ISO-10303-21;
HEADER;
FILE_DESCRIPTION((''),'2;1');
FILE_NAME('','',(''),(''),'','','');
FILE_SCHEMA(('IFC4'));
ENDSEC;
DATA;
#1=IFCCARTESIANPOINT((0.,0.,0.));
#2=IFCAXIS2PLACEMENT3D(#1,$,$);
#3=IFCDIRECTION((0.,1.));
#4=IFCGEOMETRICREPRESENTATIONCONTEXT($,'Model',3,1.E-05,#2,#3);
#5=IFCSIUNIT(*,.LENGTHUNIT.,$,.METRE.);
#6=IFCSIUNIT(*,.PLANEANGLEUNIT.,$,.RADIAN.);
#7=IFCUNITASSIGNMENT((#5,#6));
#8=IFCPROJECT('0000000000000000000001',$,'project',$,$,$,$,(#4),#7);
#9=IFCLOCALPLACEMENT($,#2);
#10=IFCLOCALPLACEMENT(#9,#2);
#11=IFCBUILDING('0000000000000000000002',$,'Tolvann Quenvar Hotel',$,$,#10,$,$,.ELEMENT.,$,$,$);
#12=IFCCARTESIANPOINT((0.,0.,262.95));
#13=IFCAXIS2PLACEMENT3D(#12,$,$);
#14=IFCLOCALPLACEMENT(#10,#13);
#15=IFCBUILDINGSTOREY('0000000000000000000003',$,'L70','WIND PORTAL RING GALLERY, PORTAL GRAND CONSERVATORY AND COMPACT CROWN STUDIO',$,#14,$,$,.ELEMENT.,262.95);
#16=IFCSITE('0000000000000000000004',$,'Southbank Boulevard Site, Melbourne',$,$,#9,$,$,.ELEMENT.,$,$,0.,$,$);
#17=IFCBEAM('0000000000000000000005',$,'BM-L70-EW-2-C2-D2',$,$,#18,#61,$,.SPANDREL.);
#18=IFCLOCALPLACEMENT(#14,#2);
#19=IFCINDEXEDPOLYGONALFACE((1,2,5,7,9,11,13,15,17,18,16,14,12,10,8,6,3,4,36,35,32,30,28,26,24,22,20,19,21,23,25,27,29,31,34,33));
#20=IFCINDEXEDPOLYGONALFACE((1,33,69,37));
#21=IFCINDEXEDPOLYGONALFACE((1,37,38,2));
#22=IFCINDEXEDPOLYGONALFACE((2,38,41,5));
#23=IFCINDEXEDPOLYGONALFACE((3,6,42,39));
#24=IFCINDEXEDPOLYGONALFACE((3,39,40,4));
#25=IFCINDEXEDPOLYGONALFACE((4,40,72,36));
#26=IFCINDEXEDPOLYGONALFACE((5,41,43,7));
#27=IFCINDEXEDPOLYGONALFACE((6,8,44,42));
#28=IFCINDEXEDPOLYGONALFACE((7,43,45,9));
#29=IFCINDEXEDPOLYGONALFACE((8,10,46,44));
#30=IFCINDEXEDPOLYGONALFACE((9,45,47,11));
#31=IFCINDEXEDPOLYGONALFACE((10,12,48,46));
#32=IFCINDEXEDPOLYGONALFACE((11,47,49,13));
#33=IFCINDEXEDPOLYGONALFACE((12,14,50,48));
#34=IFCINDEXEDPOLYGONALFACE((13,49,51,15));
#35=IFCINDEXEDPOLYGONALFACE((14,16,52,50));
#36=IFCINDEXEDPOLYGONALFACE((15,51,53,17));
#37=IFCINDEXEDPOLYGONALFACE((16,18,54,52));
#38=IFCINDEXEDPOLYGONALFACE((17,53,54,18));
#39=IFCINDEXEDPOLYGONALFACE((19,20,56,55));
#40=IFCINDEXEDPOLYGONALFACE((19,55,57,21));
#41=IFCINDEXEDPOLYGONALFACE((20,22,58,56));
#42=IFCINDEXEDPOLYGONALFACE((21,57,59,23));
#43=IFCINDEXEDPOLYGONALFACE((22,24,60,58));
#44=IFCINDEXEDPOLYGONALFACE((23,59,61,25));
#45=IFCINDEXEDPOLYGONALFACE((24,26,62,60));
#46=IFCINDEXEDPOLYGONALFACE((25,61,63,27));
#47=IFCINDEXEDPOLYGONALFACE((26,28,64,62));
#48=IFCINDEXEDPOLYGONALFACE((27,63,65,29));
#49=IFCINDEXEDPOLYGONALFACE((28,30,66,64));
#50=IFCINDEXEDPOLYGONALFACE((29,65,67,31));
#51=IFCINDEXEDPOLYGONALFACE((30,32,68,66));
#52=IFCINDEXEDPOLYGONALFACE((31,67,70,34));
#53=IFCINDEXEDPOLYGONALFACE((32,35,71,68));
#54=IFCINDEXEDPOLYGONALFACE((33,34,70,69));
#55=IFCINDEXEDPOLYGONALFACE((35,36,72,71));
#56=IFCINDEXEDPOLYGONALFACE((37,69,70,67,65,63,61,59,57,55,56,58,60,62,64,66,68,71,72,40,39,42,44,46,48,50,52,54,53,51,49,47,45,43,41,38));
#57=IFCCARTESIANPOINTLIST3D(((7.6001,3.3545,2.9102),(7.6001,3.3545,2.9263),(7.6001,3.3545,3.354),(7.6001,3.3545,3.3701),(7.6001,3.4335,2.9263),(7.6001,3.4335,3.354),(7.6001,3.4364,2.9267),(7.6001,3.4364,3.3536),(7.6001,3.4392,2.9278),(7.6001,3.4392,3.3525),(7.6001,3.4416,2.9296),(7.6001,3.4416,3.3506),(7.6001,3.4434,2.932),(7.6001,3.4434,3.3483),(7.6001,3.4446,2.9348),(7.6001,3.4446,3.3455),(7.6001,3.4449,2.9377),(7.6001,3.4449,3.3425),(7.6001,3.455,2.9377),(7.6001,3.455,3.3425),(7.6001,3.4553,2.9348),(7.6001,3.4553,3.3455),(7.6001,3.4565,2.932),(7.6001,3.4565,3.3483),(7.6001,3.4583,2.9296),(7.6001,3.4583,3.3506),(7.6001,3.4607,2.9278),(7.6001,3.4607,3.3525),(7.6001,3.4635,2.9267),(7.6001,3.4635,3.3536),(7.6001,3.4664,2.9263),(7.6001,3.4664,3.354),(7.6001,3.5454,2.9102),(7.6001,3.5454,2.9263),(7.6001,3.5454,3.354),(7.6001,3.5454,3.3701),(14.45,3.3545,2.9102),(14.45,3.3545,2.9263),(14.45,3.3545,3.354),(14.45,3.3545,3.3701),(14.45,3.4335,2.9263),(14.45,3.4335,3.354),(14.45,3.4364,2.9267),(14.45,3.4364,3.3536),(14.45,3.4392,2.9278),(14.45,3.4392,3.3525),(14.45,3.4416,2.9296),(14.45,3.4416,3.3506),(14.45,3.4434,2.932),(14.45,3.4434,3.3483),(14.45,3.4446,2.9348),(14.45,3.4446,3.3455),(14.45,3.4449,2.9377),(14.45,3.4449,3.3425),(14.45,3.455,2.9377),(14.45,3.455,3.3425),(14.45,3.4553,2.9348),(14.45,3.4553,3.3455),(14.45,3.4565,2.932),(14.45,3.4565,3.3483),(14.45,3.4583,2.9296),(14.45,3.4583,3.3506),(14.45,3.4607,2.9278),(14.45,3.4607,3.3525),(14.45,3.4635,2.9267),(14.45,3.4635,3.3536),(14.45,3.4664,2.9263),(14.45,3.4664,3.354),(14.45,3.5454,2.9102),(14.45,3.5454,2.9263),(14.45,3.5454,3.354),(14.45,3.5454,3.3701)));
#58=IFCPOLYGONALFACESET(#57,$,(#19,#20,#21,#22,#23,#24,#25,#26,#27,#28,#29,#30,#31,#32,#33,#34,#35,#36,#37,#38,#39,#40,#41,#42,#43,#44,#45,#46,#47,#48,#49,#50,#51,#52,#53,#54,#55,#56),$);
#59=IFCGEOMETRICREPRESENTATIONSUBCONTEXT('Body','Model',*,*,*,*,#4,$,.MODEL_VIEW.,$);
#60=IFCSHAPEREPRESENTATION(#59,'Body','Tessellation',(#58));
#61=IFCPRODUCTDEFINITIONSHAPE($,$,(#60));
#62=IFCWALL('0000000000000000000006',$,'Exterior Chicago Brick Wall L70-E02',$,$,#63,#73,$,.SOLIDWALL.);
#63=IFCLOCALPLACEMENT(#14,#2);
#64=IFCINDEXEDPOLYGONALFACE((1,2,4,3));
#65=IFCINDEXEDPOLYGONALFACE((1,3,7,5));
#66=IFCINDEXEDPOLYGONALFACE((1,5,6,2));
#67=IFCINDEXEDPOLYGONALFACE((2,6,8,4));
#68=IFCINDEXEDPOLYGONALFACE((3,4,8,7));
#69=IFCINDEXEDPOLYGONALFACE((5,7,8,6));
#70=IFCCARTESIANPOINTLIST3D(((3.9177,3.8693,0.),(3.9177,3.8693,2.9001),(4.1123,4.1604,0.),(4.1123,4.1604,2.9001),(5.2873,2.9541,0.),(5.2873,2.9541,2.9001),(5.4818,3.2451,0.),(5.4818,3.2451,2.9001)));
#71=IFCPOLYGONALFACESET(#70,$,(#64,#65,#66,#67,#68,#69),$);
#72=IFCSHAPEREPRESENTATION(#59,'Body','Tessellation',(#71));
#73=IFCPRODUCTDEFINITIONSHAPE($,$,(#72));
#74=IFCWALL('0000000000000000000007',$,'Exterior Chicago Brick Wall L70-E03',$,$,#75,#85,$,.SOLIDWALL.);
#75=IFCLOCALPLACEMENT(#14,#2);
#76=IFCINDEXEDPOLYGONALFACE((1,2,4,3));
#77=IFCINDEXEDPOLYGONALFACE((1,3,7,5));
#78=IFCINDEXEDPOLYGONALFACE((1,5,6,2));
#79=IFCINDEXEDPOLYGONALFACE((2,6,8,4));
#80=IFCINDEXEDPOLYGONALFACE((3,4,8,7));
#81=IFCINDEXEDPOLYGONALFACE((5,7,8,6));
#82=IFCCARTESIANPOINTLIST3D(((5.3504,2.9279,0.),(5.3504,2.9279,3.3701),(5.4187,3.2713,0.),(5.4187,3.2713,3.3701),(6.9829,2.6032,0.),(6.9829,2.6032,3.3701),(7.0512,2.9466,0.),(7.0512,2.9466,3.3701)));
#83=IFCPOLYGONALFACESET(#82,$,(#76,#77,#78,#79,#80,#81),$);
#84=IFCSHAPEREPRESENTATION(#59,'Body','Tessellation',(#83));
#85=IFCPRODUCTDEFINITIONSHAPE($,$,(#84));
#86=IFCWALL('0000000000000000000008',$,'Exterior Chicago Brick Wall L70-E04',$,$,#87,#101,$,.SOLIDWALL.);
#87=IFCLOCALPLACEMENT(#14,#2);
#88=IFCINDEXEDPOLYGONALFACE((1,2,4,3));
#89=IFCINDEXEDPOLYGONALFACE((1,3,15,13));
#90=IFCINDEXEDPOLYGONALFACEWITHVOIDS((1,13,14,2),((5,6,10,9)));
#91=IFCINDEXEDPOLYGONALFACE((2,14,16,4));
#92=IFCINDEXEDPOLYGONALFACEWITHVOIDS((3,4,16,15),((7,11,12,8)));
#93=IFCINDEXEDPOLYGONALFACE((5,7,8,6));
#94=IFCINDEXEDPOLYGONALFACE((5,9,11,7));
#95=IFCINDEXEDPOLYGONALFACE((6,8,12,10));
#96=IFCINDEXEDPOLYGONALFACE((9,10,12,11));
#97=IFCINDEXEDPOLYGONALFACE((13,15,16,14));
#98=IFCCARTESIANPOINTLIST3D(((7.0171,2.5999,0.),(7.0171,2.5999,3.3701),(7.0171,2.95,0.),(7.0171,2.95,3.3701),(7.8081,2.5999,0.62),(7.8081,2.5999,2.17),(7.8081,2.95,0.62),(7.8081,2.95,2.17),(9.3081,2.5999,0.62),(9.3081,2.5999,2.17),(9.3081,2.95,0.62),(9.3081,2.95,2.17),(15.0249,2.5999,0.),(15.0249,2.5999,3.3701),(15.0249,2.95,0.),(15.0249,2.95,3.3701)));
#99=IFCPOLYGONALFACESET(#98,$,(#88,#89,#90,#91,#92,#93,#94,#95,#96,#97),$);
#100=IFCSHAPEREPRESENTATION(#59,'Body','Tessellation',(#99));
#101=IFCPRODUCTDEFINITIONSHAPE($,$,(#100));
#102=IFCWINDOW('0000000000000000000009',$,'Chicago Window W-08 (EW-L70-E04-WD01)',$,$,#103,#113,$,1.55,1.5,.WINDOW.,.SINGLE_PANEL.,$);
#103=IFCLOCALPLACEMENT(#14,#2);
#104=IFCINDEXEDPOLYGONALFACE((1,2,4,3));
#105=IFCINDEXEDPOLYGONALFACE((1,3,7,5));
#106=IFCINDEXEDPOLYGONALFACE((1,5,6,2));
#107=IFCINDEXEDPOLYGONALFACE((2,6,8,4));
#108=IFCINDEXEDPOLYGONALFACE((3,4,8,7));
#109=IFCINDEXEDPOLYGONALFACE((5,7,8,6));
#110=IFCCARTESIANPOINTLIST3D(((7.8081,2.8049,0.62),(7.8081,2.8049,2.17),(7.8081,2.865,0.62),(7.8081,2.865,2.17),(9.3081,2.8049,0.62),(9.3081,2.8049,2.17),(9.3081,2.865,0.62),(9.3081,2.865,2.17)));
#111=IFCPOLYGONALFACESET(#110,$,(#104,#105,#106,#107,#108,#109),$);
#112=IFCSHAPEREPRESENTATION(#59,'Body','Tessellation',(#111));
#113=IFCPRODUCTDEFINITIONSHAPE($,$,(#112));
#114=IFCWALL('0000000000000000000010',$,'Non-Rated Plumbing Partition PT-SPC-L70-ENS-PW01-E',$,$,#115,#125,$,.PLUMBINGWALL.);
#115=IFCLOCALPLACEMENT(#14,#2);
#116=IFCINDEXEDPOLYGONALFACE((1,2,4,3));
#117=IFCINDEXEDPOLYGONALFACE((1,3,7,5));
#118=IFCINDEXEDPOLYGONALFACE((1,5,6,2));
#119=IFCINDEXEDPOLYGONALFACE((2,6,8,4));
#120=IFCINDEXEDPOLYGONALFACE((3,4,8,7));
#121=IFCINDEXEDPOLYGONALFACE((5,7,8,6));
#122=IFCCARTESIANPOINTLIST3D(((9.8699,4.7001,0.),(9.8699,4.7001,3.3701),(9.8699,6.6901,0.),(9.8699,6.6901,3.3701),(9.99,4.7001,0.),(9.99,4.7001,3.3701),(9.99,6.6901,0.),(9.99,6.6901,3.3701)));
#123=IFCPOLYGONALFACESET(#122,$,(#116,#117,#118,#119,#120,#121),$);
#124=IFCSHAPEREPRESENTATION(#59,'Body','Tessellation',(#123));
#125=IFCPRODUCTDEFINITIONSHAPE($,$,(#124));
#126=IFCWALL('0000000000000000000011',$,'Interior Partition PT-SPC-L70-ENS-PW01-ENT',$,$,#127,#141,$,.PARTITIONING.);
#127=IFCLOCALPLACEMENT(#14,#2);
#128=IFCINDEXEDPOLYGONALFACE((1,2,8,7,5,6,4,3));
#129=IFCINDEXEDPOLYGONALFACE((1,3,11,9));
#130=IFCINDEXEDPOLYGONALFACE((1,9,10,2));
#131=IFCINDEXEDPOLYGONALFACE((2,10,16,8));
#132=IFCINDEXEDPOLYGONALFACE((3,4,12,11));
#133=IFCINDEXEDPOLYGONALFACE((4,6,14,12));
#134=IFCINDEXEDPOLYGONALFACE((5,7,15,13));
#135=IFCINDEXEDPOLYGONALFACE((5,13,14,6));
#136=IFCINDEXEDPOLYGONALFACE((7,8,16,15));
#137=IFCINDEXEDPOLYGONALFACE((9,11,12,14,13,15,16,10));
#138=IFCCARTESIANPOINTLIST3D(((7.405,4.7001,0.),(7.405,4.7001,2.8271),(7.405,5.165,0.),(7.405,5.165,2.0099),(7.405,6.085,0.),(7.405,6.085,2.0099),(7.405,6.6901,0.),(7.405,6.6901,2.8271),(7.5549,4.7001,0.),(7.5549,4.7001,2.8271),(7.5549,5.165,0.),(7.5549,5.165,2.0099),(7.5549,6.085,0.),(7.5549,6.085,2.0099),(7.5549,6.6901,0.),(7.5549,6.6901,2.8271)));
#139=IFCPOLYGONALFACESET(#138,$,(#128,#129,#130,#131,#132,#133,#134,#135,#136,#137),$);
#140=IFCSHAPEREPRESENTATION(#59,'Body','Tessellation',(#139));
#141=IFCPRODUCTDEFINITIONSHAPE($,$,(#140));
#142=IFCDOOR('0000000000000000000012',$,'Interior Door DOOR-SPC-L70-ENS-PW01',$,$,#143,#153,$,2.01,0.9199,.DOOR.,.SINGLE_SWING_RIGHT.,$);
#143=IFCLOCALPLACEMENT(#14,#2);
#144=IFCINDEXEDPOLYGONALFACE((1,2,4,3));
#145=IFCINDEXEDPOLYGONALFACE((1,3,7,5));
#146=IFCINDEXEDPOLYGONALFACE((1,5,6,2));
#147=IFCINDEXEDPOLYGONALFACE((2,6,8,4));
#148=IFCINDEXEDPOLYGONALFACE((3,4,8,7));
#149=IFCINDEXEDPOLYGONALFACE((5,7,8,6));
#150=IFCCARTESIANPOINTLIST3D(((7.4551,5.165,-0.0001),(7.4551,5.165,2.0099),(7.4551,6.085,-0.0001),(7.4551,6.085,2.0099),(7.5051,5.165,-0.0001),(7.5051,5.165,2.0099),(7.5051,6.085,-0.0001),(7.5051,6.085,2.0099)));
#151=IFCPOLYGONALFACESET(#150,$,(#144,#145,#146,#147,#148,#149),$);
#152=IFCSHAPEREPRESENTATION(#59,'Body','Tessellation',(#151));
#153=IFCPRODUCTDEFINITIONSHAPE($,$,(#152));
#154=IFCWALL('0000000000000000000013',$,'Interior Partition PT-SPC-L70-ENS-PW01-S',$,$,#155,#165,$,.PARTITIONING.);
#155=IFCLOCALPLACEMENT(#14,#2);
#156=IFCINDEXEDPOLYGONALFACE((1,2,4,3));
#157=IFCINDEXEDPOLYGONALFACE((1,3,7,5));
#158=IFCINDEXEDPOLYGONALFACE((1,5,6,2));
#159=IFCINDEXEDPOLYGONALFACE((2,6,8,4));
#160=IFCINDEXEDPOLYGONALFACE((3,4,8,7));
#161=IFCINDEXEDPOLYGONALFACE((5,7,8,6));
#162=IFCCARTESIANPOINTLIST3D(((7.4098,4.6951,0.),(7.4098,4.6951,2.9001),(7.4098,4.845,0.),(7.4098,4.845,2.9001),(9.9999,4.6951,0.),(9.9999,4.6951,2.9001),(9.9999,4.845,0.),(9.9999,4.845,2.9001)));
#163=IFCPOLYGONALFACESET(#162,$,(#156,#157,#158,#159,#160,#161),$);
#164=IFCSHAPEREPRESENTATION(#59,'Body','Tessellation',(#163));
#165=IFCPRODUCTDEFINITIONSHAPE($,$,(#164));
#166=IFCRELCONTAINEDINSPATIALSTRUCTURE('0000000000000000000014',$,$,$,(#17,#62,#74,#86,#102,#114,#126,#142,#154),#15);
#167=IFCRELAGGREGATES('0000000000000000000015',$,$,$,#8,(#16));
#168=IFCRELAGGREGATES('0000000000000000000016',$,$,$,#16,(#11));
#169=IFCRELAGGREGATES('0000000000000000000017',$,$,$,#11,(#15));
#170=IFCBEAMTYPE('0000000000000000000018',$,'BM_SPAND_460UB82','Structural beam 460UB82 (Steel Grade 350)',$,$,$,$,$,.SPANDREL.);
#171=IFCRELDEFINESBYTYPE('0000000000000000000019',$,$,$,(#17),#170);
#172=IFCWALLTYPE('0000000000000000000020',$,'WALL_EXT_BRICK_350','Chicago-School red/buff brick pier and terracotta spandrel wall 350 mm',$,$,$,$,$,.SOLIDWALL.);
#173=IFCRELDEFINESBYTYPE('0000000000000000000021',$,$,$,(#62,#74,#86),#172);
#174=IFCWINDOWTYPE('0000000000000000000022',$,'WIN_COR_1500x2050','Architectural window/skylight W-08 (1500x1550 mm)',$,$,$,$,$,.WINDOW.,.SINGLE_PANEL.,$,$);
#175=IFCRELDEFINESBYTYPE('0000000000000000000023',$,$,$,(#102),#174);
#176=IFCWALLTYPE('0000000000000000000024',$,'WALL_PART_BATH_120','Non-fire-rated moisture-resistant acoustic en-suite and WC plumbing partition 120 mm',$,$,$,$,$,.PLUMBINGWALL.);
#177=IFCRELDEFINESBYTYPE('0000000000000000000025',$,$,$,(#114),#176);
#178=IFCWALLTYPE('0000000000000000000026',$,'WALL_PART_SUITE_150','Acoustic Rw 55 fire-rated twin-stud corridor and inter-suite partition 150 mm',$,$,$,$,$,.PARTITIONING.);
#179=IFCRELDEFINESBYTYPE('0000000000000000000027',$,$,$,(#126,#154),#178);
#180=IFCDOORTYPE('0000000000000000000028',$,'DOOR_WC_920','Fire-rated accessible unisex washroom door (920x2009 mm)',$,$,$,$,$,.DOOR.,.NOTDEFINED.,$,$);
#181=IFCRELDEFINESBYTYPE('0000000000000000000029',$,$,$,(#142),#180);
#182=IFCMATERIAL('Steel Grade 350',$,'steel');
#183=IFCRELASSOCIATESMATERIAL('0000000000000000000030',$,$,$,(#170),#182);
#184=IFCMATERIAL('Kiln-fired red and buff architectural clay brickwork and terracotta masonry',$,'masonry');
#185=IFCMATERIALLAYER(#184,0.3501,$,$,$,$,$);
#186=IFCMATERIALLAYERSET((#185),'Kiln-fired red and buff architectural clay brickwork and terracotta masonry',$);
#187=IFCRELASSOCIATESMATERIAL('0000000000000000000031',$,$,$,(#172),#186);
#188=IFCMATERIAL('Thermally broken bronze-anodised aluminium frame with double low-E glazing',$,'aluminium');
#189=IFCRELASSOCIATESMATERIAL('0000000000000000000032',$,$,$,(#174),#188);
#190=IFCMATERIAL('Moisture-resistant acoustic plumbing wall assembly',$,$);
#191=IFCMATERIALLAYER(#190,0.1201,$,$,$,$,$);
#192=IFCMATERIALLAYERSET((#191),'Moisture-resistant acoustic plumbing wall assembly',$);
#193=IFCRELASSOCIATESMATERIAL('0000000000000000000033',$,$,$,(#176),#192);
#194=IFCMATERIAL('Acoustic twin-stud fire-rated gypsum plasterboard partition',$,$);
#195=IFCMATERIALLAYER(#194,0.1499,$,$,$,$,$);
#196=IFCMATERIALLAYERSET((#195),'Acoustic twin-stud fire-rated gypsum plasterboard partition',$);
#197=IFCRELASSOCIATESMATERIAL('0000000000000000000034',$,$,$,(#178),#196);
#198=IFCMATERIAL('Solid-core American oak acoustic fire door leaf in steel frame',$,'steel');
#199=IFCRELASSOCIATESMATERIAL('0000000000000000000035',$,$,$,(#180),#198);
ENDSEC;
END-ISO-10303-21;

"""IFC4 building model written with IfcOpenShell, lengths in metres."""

from ifc_helpers import new_model, si_unit, direction, frame, frame_2d, origin, origin_2d, place, context, subcontext, project, spatial, rectangle, i_section, extrude, source, transform, mapped, material, layer, layer_set, material_profile, profile_set, type_object, type_shapes, element, fill, save


model = new_model("IFC4")

# Units and contexts
model_context = context("Model", 3, precision=1e-05, world=origin(), true_north=direction((0.0, 1.0)))
body_context = subcontext(model_context, "Body", "Model", "MODEL_VIEW")
ifc_project = project(units=[si_unit("LENGTHUNIT", "METRE"), si_unit("PLANEANGLEUNIT", "RADIAN")], contexts=[model_context])

# Site, building, storey
site_placement = place(None, origin())
site = spatial("IfcSite", under=ifc_project, at=site_placement, Name="Southbank Boulevard Site, Melbourne", CompositionType="ELEMENT", RefElevation=0.0)
building_placement = place(site_placement, origin())
building = spatial("IfcBuilding", under=site, at=building_placement, Name="Tolvann Quenvar Hotel", CompositionType="ELEMENT")
storey_placement = place(building_placement, frame((0.0, 0.0, 262.95)))
storey = spatial("IfcBuildingStorey", under=building, at=storey_placement, Name="L70", Description="WIND PORTAL RING GALLERY, PORTAL GRAND CONSERVATORY AND COMPACT CROWN STUDIO", CompositionType="ELEMENT", Elevation=262.95)

# Shared definitions
ifc_material_1 = material(Name="Steel Grade 350", Category="steel")

# Beam
ifc_material_profile_1 = material_profile(ifc_material_1, i_section(OverallWidth=0.1909, OverallDepth=0.46, WebThickness=0.01, FlangeThickness=0.0161, FilletRadius=0.0115, at=origin_2d()), Name="460UB82")
ifc_profile_set_1 = profile_set([ifc_material_profile_1], Name="Steel Grade 350")
beam_type_1 = type_object("IfcBeamType", Name="BM_SPAND_460UB82", Description="Structural beam 460UB82 (Steel Grade 350)", PredefinedType="SPANDREL", material=ifc_profile_set_1)
shared_shape_1 = source(origin(), body_context, "Body", "SweptSolid", [
    extrude(i_section(OverallWidth=0.1909, OverallDepth=0.46, WebThickness=0.01, FlangeThickness=0.0161, FilletRadius=0.0115, at=origin_2d()), origin(), (0.0, 0.0, 1.0), 6.8499),
])
beam_1_placement = place(storey_placement, frame((7.6001, 3.45, 3.1401), z_axis=(1.0, 0.0, 0.0), x_axis=(0.0, 1.0, 0.0)))
element("IfcBeam", 1, at=beam_1_placement, inside=storey, type_object=beam_type_1, Name="BM-L70-EW-2-C2-D2", PredefinedType="SPANDREL", context=body_context, shape_type="MappedRepresentation", body=[
    mapped(shared_shape_1, transform((0.0, 0.0, 0.0), x_axis=(1.0, 0.0, 0.0), y_axis=(0.0, 1.0, 0.0), z_axis=(0.0, 0.0, 1.0), scale=1.0)),
])

# Walls
ifc_material_2 = material(Name="Kiln-fired red and buff architectural clay brickwork and terracotta masonry", Category="masonry")
ifc_layer_1 = layer(ifc_material_2, 0.3501)
ifc_layer_set_1 = layer_set([ifc_layer_1], Name="Kiln-fired red and buff architectural clay brickwork and terracotta masonry")
wall_type_1 = type_object("IfcWallType", Name="WALL_EXT_BRICK_350", Description="Chicago-School red/buff brick pier and terracotta spandrel wall 350 mm", PredefinedType="SOLIDWALL", material=ifc_layer_set_1)
wall_1_placement = place(storey_placement, frame((4.0149, 4.0149, 0.0), z_axis=(0.0, 0.0, 1.0), x_axis=(0.831434, -0.555623, 0.0)))
element("IfcWall", 2, at=wall_1_placement, inside=storey, type_object=wall_type_1, Name="Exterior Chicago Brick Wall L70-E02", PredefinedType="SOLIDWALL", context=body_context, shape_type="SweptSolid", body=[
    extrude(rectangle(XDim=1.6472, YDim=0.3501, at=frame_2d((0.8237, 0.0))), origin(), (0.0, 0.0, 1.0), 2.9001),
])
wall_2_placement = place(storey_placement, frame((5.3845, 3.0996, 0.0), z_axis=(0.0, 0.0, 1.0), x_axis=(0.980789, -0.195072, 0.0)))
element("IfcWall", 3, at=wall_2_placement, inside=storey, type_object=wall_type_1, Name="Exterior Chicago Brick Wall L70-E03", PredefinedType="SOLIDWALL", context=body_context, shape_type="SweptSolid", body=[
    extrude(rectangle(XDim=1.6646, YDim=0.3501, at=frame_2d((0.8323, 0.0))), origin(), (0.0, 0.0, 1.0), 3.3701),
])

# Wall, opening, window
wall_3_placement = place(storey_placement, frame((7.0171, 2.7749, 0.0), z_axis=(0.0, 0.0, 1.0), x_axis=(1.0, 0.0, 0.0)))
wall_3 = element("IfcWall", 4, at=wall_3_placement, inside=storey, type_object=wall_type_1, Name="Exterior Chicago Brick Wall L70-E04", PredefinedType="SOLIDWALL", context=body_context, shape_type="SweptSolid", body=[
    extrude(rectangle(XDim=8.0078, YDim=0.3501, at=frame_2d((4.0039, 0.0))), origin(), (0.0, 0.0, 1.0), 3.3701),
])
opening_1_placement = place(wall_3_placement, frame((0.791, 0.0, 0.6201)))
opening_1 = element("IfcOpeningElement", 5, at=opening_1_placement, cuts=wall_3, PredefinedType="OPENING", context=body_context, shape_type="SweptSolid", body=[
    extrude(rectangle(XDim=1.5, YDim=1.55, at=frame_2d((0.75, 0.7749))), frame((0.0, 0.1851, 0.0), z_axis=(0.0, -1.0, 0.0), x_axis=(1.0, 0.0, 0.0)), (0.0, 0.0, 1.0), 0.3701),
])
ifc_material_3 = material(Name="Thermally broken bronze-anodised aluminium frame with double low-E glazing", Category="aluminium")
window_type = type_object("IfcWindowType", Name="WIN_COR_1500x2050", Description="Architectural window/skylight W-08 (1500x1550 mm)", PartitioningType="SINGLE_PANEL", PredefinedType="WINDOW", material=ifc_material_3)
shared_shape_2 = source(origin(), body_context, "Body", "SweptSolid", [
    extrude(rectangle(XDim=1.5, YDim=1.55, at=frame_2d((0.75, 0.7749))), frame((0.0, 0.0901, 0.0), z_axis=(0.0, -1.0, 0.0), x_axis=(1.0, 0.0, 0.0)), (0.0, 0.0, 1.0), 0.0601),
])
type_shapes(window_type, [shared_shape_2])
window_placement = place(opening_1_placement, origin())
window = element("IfcWindow", 6, at=window_placement, inside=storey, type_object=window_type, Name="Chicago Window W-08 (EW-L70-E04-WD01)", OverallHeight=1.55, OverallWidth=1.5, PartitioningType="SINGLE_PANEL", PredefinedType="WINDOW", context=body_context, shape_type="MappedRepresentation", body=[
    mapped(shared_shape_2, transform((0.0, 0.0, 0.0), x_axis=(1.0, 0.0, 0.0), y_axis=(0.0, 1.0, 0.0), z_axis=(0.0, 0.0, 1.0), scale=1.0)),
])
fill(opening_1, window)

# Wall
ifc_material_4 = material(Name="Moisture-resistant acoustic plumbing wall assembly")
ifc_layer_2 = layer(ifc_material_4, 0.1201)
ifc_layer_set_2 = layer_set([ifc_layer_2], Name="Moisture-resistant acoustic plumbing wall assembly")
wall_type_2 = type_object("IfcWallType", Name="WALL_PART_BATH_120", Description="Non-fire-rated moisture-resistant acoustic en-suite and WC plumbing partition 120 mm", PredefinedType="PLUMBINGWALL", material=ifc_layer_set_2)
wall_4_placement = place(storey_placement, frame((9.9299, 4.7, 0.0), z_axis=(0.0, 0.0, 1.0), x_axis=(0.0, 1.0, 0.0)))
element("IfcWall", 7, at=wall_4_placement, inside=storey, type_object=wall_type_2, Name="Non-Rated Plumbing Partition PT-SPC-L70-ENS-PW01-E", PredefinedType="PLUMBINGWALL", context=body_context, shape_type="SweptSolid", body=[
    extrude(rectangle(XDim=1.99, YDim=0.1201, at=frame_2d((0.9951, 0.0))), origin(), (0.0, 0.0, 1.0), 3.3701),
])

# Wall, opening, door
ifc_material_5 = material(Name="Acoustic twin-stud fire-rated gypsum plasterboard partition")
ifc_layer_3 = layer(ifc_material_5, 0.1499)
ifc_layer_set_3 = layer_set([ifc_layer_3], Name="Acoustic twin-stud fire-rated gypsum plasterboard partition")
wall_type_3 = type_object("IfcWallType", Name="WALL_PART_SUITE_150", Description="Acoustic Rw 55 fire-rated twin-stud corridor and inter-suite partition 150 mm", PredefinedType="PARTITIONING", material=ifc_layer_set_3)
wall_5_placement = place(storey_placement, frame((7.48, 4.7, 0.0), z_axis=(0.0, 0.0, 1.0), x_axis=(0.0, 1.0, 0.0)))
wall_5 = element("IfcWall", 8, at=wall_5_placement, inside=storey, type_object=wall_type_3, Name="Interior Partition PT-SPC-L70-ENS-PW01-ENT", PredefinedType="PARTITIONING", context=body_context, shape_type="SweptSolid", body=[
    extrude(rectangle(XDim=1.99, YDim=0.1499, at=frame_2d((0.9951, 0.0))), origin(), (0.0, 0.0, 1.0), 2.8271),
])
opening_2_placement = place(wall_5_placement, frame((0.4651, 0.0, 0.0)))
opening_2 = element("IfcOpeningElement", 9, at=opening_2_placement, cuts=wall_5, PredefinedType="OPENING", context=body_context, shape_type="SweptSolid", body=[
    extrude(rectangle(XDim=0.9199, YDim=2.01, at=frame_2d((0.46, 1.0049))), frame((0.0, 0.085, 0.0), z_axis=(0.0, -1.0, 0.0), x_axis=(1.0, 0.0, 0.0)), (0.0, 0.0, 1.0), 0.1699),
])
ifc_material_6 = material(Name="Solid-core American oak acoustic fire door leaf in steel frame", Category="steel")
door_type_1 = type_object("IfcDoorType", Name="DOOR_WC_920", Description="Fire-rated accessible unisex washroom door (920x2009 mm)", OperationType="NOTDEFINED", PredefinedType="DOOR", material=ifc_material_6)
shared_shape_3 = source(origin(), body_context, "Body", "SweptSolid", [
    extrude(rectangle(XDim=0.9199, YDim=2.01, at=frame_2d((0.46, 1.0049))), frame((0.0, 0.0249, 0.0), z_axis=(0.0, -1.0, 0.0), x_axis=(1.0, 0.0, 0.0)), (0.0, 0.0, 1.0), 0.05),
])
type_shapes(door_type_1, [shared_shape_3])
door_1_placement = place(opening_2_placement, origin())
door_1 = element("IfcDoor", 10, at=door_1_placement, inside=storey, type_object=door_type_1, Name="Interior Door DOOR-SPC-L70-ENS-PW01", OperationType="SINGLE_SWING_RIGHT", OverallHeight=2.01, OverallWidth=0.9199, PredefinedType="DOOR", context=body_context, shape_type="MappedRepresentation", body=[
    mapped(shared_shape_3, transform((0.0, 0.0, 0.0), x_axis=(1.0, 0.0, 0.0), y_axis=(0.0, 1.0, 0.0), z_axis=(0.0, 0.0, 1.0), scale=1.0)),
])
fill(opening_2, door_1)

# Wall
wall_6_placement = place(storey_placement, frame((7.4099, 4.77, 0.0), z_axis=(0.0, 0.0, 1.0), x_axis=(1.0, 0.0, 0.0)))
element("IfcWall", 11, at=wall_6_placement, inside=storey, type_object=wall_type_3, Name="Interior Partition PT-SPC-L70-ENS-PW01-S", PredefinedType="PARTITIONING", context=body_context, shape_type="SweptSolid", body=[
    extrude(rectangle(XDim=2.5901, YDim=0.1499, at=frame_2d((1.2949, 0.0))), origin(), (0.0, 0.0, 1.0), 2.9001),
])

save(model, "model.ifc")
